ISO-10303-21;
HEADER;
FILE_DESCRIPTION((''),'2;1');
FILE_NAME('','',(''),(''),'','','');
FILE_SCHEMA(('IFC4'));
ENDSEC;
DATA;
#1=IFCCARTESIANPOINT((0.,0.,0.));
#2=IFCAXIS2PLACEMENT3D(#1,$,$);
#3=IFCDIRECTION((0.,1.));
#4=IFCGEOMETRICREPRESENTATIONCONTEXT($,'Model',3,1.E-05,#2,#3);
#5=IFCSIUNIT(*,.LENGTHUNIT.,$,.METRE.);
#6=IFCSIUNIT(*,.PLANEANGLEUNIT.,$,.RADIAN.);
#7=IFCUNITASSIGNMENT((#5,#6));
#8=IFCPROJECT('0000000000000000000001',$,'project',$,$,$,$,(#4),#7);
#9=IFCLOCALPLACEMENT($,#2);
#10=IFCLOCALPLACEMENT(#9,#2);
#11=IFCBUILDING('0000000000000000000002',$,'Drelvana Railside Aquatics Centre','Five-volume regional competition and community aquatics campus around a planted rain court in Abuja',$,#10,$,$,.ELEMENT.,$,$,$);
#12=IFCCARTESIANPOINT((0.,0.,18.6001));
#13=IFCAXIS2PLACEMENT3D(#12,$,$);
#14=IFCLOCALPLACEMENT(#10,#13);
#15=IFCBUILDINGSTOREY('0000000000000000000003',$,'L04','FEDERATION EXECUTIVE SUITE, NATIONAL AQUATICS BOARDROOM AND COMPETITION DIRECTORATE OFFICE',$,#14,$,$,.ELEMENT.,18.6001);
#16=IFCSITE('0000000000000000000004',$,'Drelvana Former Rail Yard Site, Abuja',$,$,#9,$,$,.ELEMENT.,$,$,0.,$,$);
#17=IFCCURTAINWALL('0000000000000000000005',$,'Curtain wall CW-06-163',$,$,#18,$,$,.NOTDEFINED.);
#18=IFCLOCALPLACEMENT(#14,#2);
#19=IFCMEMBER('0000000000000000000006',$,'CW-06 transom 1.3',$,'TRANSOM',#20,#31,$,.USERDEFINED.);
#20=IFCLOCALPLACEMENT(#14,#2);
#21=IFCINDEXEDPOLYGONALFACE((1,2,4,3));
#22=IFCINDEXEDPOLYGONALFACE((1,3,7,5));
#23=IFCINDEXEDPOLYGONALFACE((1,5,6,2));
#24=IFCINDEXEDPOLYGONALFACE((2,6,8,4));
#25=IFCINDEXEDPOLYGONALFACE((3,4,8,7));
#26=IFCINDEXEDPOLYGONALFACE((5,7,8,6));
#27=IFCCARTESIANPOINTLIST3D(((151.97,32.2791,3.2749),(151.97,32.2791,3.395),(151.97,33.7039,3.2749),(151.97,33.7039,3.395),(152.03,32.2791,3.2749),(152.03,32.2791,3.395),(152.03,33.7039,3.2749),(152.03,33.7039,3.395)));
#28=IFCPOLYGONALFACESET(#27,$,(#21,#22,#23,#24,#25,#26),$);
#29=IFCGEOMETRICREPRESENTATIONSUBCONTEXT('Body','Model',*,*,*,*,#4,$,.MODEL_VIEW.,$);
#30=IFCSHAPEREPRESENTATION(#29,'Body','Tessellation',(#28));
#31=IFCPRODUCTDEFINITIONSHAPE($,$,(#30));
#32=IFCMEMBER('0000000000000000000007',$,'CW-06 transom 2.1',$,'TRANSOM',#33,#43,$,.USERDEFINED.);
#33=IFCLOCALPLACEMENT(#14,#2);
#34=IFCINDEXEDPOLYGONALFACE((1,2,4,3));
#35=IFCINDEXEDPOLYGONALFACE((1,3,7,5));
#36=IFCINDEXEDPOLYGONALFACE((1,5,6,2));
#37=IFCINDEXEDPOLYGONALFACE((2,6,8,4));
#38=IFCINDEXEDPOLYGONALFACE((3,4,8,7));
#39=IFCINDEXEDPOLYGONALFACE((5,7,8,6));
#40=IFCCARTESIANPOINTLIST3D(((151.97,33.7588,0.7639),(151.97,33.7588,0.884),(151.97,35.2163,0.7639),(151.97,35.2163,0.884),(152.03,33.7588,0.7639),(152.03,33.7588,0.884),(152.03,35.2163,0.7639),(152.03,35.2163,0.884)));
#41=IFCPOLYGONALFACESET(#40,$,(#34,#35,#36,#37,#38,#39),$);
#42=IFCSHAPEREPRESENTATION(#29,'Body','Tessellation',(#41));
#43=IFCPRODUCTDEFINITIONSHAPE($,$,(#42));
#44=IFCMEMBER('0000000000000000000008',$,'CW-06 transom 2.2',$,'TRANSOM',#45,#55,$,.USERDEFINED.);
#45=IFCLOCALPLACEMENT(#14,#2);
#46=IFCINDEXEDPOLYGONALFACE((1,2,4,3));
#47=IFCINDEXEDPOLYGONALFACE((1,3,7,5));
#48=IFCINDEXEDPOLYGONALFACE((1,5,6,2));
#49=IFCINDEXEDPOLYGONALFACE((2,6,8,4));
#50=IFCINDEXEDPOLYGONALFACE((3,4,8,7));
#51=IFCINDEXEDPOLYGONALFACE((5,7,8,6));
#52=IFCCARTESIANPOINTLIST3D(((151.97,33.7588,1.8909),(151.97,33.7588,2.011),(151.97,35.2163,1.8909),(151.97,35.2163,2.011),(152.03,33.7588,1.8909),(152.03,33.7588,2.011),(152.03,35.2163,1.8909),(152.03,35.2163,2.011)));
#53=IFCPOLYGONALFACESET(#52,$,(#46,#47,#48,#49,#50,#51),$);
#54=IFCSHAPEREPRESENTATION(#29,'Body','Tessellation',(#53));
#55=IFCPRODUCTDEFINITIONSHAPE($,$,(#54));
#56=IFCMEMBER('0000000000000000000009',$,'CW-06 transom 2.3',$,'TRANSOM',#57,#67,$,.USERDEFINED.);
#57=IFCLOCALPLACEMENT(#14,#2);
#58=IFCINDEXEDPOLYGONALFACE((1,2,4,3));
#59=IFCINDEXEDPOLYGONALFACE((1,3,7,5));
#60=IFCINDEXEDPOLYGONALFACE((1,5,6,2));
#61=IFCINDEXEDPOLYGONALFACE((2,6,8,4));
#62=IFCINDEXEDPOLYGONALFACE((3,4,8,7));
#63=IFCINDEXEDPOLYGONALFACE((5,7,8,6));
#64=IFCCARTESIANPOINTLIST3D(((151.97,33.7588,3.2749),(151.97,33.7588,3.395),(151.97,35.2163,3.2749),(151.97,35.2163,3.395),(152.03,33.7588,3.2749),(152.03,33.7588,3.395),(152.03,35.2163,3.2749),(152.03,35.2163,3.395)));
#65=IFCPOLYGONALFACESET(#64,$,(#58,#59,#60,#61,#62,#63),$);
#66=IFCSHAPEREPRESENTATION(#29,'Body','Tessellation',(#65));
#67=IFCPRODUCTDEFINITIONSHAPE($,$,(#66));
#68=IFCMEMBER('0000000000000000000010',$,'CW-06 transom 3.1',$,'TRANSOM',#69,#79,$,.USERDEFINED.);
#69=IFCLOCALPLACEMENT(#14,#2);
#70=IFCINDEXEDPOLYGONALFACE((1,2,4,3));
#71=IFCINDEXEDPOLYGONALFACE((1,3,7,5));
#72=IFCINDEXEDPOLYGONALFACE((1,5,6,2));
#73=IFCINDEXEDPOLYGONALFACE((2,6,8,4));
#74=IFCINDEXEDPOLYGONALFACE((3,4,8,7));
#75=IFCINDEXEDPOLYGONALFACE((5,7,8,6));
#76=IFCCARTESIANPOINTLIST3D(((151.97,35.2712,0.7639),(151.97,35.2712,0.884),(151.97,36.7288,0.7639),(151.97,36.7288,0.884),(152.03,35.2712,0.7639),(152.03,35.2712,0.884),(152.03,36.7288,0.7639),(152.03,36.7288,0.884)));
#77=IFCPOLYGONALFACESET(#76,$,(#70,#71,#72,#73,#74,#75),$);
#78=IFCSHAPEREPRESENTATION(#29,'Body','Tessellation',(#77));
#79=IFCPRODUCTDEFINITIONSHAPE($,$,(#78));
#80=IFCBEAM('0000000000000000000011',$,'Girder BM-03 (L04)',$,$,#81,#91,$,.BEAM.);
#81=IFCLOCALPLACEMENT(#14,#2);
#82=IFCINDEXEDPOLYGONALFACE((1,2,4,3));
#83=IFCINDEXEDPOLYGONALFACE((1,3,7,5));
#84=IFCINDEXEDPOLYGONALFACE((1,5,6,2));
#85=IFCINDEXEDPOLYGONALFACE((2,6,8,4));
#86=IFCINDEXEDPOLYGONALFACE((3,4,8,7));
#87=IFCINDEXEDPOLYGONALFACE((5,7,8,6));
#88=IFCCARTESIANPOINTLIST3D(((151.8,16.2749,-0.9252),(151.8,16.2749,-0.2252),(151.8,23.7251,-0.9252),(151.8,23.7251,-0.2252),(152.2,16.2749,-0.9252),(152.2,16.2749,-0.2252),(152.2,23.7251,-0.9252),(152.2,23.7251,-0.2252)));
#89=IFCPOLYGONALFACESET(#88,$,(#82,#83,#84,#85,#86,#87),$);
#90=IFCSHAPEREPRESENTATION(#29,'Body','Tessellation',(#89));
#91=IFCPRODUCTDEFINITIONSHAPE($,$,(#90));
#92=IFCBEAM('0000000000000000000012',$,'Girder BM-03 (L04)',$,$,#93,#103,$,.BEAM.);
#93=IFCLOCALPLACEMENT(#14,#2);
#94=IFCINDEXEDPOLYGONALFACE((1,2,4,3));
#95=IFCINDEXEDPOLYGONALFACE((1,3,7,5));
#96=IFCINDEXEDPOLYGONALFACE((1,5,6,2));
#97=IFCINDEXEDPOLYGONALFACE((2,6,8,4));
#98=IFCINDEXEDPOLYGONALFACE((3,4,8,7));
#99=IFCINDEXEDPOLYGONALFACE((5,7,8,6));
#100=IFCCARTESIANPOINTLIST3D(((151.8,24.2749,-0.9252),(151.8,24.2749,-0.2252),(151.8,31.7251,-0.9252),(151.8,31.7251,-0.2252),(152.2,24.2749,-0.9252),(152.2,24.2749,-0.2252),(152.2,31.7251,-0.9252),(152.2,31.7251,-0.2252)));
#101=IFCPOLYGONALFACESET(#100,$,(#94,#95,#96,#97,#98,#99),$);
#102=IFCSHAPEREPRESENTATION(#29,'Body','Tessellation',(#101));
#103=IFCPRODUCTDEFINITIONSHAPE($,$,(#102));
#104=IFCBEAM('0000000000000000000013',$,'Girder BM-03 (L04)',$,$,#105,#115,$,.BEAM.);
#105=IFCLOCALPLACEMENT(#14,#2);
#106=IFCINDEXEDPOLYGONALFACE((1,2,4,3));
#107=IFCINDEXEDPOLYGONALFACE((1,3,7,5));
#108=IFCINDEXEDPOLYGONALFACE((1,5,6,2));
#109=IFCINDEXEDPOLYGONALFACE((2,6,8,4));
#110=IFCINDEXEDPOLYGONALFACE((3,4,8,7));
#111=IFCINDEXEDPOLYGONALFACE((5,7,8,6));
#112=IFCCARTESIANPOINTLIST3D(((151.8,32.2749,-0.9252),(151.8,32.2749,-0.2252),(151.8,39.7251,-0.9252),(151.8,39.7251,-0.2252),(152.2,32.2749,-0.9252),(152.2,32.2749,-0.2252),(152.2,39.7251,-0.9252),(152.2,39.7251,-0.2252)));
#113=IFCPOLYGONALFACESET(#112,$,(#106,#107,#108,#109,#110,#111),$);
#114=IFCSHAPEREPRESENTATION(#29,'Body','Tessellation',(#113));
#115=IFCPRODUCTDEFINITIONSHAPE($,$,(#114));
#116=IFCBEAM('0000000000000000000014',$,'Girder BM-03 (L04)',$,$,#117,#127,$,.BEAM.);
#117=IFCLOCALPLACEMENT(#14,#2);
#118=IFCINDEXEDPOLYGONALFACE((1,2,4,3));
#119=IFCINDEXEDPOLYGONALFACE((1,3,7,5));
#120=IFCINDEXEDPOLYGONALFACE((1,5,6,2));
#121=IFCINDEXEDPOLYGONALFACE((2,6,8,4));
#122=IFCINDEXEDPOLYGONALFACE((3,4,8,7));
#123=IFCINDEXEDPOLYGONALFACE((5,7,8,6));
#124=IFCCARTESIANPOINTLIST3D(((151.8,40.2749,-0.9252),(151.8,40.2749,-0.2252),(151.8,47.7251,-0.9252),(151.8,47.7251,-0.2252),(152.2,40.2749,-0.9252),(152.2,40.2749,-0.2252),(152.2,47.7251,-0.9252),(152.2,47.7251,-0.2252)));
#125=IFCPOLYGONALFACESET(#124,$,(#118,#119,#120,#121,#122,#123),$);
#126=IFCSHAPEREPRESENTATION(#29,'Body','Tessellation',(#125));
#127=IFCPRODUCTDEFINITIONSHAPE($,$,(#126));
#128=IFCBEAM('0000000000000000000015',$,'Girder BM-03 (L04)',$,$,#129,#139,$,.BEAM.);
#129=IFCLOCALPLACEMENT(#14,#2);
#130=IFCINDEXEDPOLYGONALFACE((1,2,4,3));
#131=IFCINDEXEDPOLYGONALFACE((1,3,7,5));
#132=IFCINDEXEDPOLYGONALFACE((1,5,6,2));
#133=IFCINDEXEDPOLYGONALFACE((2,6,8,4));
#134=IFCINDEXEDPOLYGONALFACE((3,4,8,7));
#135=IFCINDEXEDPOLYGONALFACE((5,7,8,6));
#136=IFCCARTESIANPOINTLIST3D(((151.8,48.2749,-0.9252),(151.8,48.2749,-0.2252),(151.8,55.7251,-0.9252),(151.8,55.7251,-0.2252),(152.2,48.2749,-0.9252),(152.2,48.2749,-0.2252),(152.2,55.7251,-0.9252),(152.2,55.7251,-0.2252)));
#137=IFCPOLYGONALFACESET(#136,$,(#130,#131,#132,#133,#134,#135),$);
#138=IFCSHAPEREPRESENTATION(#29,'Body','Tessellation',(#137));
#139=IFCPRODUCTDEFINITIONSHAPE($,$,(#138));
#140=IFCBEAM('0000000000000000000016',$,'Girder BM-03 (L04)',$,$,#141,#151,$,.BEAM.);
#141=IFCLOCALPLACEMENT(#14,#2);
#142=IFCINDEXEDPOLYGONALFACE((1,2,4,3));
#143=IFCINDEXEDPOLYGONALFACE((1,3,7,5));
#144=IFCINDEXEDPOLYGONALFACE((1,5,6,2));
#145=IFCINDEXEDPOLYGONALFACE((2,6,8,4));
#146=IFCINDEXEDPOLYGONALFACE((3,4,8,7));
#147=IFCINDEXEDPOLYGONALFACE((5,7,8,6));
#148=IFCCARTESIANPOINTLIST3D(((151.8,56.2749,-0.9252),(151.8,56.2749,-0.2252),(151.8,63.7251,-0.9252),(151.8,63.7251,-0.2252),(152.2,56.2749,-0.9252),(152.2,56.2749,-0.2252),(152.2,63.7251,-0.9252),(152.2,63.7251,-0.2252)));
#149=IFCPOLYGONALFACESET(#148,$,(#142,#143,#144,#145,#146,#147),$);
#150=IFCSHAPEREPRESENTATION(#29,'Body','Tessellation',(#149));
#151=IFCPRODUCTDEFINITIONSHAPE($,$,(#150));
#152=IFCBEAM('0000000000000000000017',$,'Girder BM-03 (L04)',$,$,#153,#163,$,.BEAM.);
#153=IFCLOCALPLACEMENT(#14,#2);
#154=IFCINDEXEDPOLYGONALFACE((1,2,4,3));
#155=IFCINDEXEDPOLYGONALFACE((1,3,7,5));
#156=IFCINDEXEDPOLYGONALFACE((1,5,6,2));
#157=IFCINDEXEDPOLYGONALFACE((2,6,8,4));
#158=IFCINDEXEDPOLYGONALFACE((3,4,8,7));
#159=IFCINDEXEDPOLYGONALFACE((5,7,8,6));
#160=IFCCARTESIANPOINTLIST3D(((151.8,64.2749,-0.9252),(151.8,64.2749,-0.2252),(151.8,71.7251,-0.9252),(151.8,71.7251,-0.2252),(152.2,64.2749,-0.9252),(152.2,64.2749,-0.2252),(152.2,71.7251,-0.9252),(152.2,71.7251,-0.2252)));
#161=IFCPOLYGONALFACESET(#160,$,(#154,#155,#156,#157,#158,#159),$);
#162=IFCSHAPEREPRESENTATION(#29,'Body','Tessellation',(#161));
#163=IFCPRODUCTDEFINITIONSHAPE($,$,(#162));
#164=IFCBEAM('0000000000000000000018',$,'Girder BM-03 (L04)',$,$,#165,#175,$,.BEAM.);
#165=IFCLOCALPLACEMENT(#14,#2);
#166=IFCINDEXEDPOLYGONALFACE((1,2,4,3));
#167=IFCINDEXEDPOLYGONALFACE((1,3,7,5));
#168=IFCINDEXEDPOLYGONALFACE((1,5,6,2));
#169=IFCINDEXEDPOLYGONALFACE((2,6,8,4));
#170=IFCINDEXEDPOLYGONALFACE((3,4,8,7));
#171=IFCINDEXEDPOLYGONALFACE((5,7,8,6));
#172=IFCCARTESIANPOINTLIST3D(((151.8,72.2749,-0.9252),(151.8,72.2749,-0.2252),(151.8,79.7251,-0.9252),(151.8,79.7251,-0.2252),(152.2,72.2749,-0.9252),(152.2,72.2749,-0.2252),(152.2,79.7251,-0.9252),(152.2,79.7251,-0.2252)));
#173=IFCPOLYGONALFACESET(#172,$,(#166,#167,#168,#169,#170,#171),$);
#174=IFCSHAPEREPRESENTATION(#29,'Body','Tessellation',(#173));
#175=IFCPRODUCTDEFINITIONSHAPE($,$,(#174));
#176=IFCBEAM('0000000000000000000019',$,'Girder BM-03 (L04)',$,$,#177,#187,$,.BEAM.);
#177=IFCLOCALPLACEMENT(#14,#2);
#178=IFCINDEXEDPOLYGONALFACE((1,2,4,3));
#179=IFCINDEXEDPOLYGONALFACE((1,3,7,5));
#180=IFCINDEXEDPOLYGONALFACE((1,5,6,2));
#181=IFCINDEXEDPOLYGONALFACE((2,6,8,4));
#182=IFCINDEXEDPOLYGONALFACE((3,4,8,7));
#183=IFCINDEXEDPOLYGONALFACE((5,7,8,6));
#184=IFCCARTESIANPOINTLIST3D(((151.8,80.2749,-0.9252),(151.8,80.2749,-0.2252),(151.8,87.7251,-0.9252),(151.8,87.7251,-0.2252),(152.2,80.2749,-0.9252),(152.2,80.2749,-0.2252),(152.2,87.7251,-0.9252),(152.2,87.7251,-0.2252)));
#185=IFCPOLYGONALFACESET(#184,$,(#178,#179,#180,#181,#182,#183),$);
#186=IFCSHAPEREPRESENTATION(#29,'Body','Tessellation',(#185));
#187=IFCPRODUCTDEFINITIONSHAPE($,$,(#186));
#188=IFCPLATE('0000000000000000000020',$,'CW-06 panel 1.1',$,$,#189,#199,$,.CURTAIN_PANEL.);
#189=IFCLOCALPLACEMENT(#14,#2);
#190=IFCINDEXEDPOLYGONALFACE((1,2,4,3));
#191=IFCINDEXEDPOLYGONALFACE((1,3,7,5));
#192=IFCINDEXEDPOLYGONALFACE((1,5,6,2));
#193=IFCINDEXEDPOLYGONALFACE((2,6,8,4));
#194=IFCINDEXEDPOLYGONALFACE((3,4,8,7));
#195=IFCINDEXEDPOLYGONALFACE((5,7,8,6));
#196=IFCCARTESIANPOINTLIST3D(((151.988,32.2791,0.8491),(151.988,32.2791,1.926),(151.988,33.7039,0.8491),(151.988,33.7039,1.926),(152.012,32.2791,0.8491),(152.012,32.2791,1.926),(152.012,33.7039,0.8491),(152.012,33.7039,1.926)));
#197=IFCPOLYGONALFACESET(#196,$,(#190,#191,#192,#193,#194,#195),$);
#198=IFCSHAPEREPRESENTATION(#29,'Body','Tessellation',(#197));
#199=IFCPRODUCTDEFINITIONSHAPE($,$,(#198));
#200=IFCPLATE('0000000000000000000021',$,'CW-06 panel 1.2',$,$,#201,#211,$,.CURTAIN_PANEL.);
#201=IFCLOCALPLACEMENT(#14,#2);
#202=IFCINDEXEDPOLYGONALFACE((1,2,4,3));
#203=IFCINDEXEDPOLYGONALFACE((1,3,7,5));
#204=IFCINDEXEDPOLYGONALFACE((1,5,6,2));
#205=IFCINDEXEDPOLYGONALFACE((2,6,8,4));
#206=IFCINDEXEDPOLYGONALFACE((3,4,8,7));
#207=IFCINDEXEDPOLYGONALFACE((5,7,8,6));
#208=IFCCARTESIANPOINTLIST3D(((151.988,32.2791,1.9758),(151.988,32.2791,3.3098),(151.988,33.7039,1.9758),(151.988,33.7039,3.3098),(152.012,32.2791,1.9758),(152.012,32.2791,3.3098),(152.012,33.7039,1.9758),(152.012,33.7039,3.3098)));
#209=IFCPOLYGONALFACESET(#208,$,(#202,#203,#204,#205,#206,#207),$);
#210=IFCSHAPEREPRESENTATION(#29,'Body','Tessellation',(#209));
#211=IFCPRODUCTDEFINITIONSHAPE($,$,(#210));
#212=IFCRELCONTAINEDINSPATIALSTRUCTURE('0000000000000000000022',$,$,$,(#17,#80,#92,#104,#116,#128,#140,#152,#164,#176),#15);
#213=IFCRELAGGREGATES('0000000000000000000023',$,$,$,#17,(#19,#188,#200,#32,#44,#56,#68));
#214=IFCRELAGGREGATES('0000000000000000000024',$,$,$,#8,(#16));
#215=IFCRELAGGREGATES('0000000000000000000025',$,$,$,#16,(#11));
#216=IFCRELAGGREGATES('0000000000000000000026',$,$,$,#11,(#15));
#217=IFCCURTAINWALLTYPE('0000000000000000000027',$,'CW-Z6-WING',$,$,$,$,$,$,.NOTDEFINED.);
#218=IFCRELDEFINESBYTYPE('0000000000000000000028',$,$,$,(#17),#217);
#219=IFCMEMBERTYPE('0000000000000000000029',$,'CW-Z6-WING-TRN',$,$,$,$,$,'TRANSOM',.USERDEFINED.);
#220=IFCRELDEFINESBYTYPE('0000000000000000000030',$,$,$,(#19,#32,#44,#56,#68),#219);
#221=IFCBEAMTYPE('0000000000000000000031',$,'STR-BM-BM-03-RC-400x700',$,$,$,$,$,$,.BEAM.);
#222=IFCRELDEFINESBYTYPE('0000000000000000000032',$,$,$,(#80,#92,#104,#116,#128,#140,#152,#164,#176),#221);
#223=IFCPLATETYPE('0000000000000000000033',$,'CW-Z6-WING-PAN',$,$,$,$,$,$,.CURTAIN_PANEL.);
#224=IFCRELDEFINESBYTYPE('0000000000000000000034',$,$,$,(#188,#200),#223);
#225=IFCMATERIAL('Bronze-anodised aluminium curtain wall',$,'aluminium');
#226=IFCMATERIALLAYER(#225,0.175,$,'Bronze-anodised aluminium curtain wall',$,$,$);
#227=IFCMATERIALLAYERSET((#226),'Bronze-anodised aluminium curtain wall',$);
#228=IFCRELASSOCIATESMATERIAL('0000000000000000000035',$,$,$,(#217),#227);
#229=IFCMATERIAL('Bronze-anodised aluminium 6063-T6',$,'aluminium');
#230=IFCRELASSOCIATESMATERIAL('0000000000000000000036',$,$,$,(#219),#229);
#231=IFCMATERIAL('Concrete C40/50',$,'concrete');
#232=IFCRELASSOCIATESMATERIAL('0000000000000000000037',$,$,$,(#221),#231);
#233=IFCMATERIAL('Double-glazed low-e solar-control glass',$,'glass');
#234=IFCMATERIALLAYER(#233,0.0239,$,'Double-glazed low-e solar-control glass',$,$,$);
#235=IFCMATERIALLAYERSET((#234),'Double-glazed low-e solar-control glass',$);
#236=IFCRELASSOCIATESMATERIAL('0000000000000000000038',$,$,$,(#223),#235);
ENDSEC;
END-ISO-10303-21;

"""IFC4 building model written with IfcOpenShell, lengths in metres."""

from ifc_helpers import new_model, si_unit, direction, frame, origin, origin_2d, place, context, subcontext, project, spatial, rectangle, extrude, material, layer, layer_set, material_profile, profile_set, type_object, element, aggregate, save


model = new_model("IFC4")

# Units and contexts
model_context = context("Model", 3, precision=1e-05, world=origin(), true_north=direction((0.0, 1.0)))
body_context = subcontext(model_context, "Body", "Model", "MODEL_VIEW")
ifc_project = project(units=[si_unit("LENGTHUNIT", "METRE"), si_unit("PLANEANGLEUNIT", "RADIAN")], contexts=[model_context])

# Site, building, storey
site_placement = place(None, origin())
site = spatial("IfcSite", under=ifc_project, at=site_placement, Name="Drelvana Former Rail Yard Site, Abuja", CompositionType="ELEMENT", RefElevation=0.0)
building_placement = place(site_placement, origin())
building = spatial("IfcBuilding", under=site, at=building_placement, Name="Drelvana Railside Aquatics Centre", Description="Five-volume regional competition and community aquatics campus around a planted rain court in Abuja", CompositionType="ELEMENT")
storey_placement = place(building_placement, frame((0.0, 0.0, 18.6001)))
storey = spatial("IfcBuildingStorey", under=building, at=storey_placement, Name="L04", Description="FEDERATION EXECUTIVE SUITE, NATIONAL AQUATICS BOARDROOM AND COMPETITION DIRECTORATE OFFICE", CompositionType="ELEMENT", Elevation=18.6001)

# Shared definitions
ifc_material_1 = material(Name="Concrete C40/50", Category="concrete")

# Curtain wall, members
ifc_material_2 = material(Name="Bronze-anodised aluminium curtain wall", Category="aluminium")
ifc_layer_1 = layer(ifc_material_2, 0.175, Name="Bronze-anodised aluminium curtain wall")
ifc_layer_set_1 = layer_set([ifc_layer_1], Name="Bronze-anodised aluminium curtain wall")
curtain_wall_type = type_object("IfcCurtainWallType", Name="CW-Z6-WING", PredefinedType="NOTDEFINED", material=ifc_layer_set_1)
curtain_wall_placement = place(storey_placement, origin())
curtain_wall = element("IfcCurtainWall", 1, at=curtain_wall_placement, inside=storey, type_object=curtain_wall_type, Name="Curtain wall CW-06-163", PredefinedType="NOTDEFINED")
ifc_material_3 = material(Name="Bronze-anodised aluminium 6063-T6", Category="aluminium")
ifc_material_profile_1 = material_profile(ifc_material_3, rectangle(XDim=0.1201, YDim=0.0601, at=origin_2d()), Name="ALU-T 60x120")
ifc_profile_set_1 = profile_set([ifc_material_profile_1], Name="Bronze-anodised aluminium 6063-T6")
member_type_1 = type_object("IfcMemberType", Name="CW-Z6-WING-TRN", ElementType="TRANSOM", PredefinedType="USERDEFINED", material=ifc_profile_set_1)
member_1_placement = place(storey_placement, frame((152.0, 32.2791, 3.335), z_axis=(0.0, 1.0, 0.0), x_axis=(0.0, 0.0, 1.0)))
member_1 = element("IfcMember", 2, at=member_1_placement, type_object=member_type_1, Name="CW-06 transom 1.3", ObjectType="TRANSOM", PredefinedType="USERDEFINED", context=body_context, shape_type="SweptSolid", body=[
    extrude(rectangle(XDim=0.1201, YDim=0.0601, at=origin_2d()), origin(), (0.0, 0.0, 1.0), 1.4248),
])
member_2_placement = place(storey_placement, frame((152.0, 33.7588, 0.824), z_axis=(0.0, 1.0, 0.0), x_axis=(0.0, 0.0, 1.0)))
member_2 = element("IfcMember", 3, at=member_2_placement, type_object=member_type_1, Name="CW-06 transom 2.1", ObjectType="TRANSOM", PredefinedType="USERDEFINED", context=body_context, shape_type="SweptSolid", body=[
    extrude(rectangle(XDim=0.1201, YDim=0.0601, at=origin_2d()), origin(), (0.0, 0.0, 1.0), 1.4575),
])
member_3_placement = place(storey_placement, frame((152.0, 33.7588, 1.9509), z_axis=(0.0, 1.0, 0.0), x_axis=(0.0, 0.0, 1.0)))
member_3 = element("IfcMember", 4, at=member_3_placement, type_object=member_type_1, Name="CW-06 transom 2.2", ObjectType="TRANSOM", PredefinedType="USERDEFINED", context=body_context, shape_type="SweptSolid", body=[
    extrude(rectangle(XDim=0.1201, YDim=0.0601, at=origin_2d()), origin(), (0.0, 0.0, 1.0), 1.4575),
])
member_4_placement = place(storey_placement, frame((152.0, 33.7588, 3.335), z_axis=(0.0, 1.0, 0.0), x_axis=(0.0, 0.0, 1.0)))
member_4 = element("IfcMember", 5, at=member_4_placement, type_object=member_type_1, Name="CW-06 transom 2.3", ObjectType="TRANSOM", PredefinedType="USERDEFINED", context=body_context, shape_type="SweptSolid", body=[
    extrude(rectangle(XDim=0.1201, YDim=0.0601, at=origin_2d()), origin(), (0.0, 0.0, 1.0), 1.4575),
])
member_5_placement = place(storey_placement, frame((152.0, 35.2712, 0.824), z_axis=(0.0, 1.0, 0.0), x_axis=(0.0, 0.0, 1.0)))
member_5 = element("IfcMember", 6, at=member_5_placement, type_object=member_type_1, Name="CW-06 transom 3.1", ObjectType="TRANSOM", PredefinedType="USERDEFINED", context=body_context, shape_type="SweptSolid", body=[
    extrude(rectangle(XDim=0.1201, YDim=0.0601, at=origin_2d()), origin(), (0.0, 0.0, 1.0), 1.4575),
])

# Beams
ifc_material_profile_2 = material_profile(ifc_material_1, rectangle(XDim=0.3999, YDim=0.7, at=origin_2d()), Name="RC 400x700")
ifc_profile_set_2 = profile_set([ifc_material_profile_2], Name="Concrete C40/50")
beam_type = type_object("IfcBeamType", Name="STR-BM-BM-03-RC-400x700", PredefinedType="BEAM", material=ifc_profile_set_2)
for number, where, z_axis, x_axis, name in (
    (7, (152.0, 16.2749, -0.5752), (0.0, 1.0, 0.0), (-1.0, 0.0, 0.0), "Girder BM-03 (L04)"),
    (8, (152.0, 24.2749, -0.5752), (0.0, 1.0, 0.0), (-1.0, 0.0, 0.0), "Girder BM-03 (L04)"),
    (9, (152.0, 32.2749, -0.5752), (0.0, 1.0, 0.0), (-1.0, 0.0, 0.0), "Girder BM-03 (L04)"),
    (10, (152.0, 40.2749, -0.5752), (0.0, 1.0, 0.0), (-1.0, 0.0, 0.0), "Girder BM-03 (L04)"),
    (11, (152.0, 48.2749, -0.5752), (0.0, 1.0, 0.0), (-1.0, 0.0, 0.0), "Girder BM-03 (L04)"),
    (12, (152.0, 56.2749, -0.5752), (0.0, 1.0, 0.0), (-1.0, 0.0, 0.0), "Girder BM-03 (L04)"),
    (13, (152.0, 64.2749, -0.5752), (0.0, 1.0, 0.0), (-1.0, 0.0, 0.0), "Girder BM-03 (L04)"),
    (14, (152.0, 72.2749, -0.5752), (0.0, 1.0, 0.0), (-1.0, 0.0, 0.0), "Girder BM-03 (L04)"),
    (15, (152.0, 80.2749, -0.5752), (0.0, 1.0, 0.0), (-1.0, 0.0, 0.0), "Girder BM-03 (L04)"),
):
    element("IfcBeam", number, at=place(storey_placement, frame(where, z_axis=z_axis, x_axis=x_axis)), inside=storey, type_object=beam_type, Name=name, PredefinedType="BEAM", context=body_context, shape_type="SweptSolid", body=[
        extrude(rectangle(XDim=0.3999, YDim=0.7, at=origin_2d()), origin(), (0.0, 0.0, 1.0), 7.4502),
    ])

# Plates
ifc_material_4 = material(Name="Double-glazed low-e solar-control glass", Category="glass")
ifc_layer_2 = layer(ifc_material_4, 0.0239, Name="Double-glazed low-e solar-control glass")
ifc_layer_set_2 = layer_set([ifc_layer_2], Name="Double-glazed low-e solar-control glass")
plate_type = type_object("IfcPlateType", Name="CW-Z6-WING-PAN", PredefinedType="CURTAIN_PANEL", material=ifc_layer_set_2)
plate_1_placement = place(storey_placement, frame((152.0, 32.9915, 0.8491), z_axis=(0.0, 0.0, 1.0), x_axis=(0.0, 1.0, 0.0)))
plate_1 = element("IfcPlate", 16, at=plate_1_placement, type_object=plate_type, Name="CW-06 panel 1.1", PredefinedType="CURTAIN_PANEL", context=body_context, shape_type="SweptSolid", body=[
    extrude(rectangle(XDim=1.4248, YDim=0.0239, at=origin_2d()), origin(), (0.0, 0.0, 1.0), 1.0769),
])
plate_2_placement = place(storey_placement, frame((152.0, 32.9915, 1.9758), z_axis=(0.0, 0.0, 1.0), x_axis=(0.0, 1.0, 0.0)))
plate_2 = element("IfcPlate", 17, at=plate_2_placement, type_object=plate_type, Name="CW-06 panel 1.2", PredefinedType="CURTAIN_PANEL", context=body_context, shape_type="SweptSolid", body=[
    extrude(rectangle(XDim=1.4248, YDim=0.0239, at=origin_2d()), origin(), (0.0, 0.0, 1.0), 1.334),
])
aggregate(curtain_wall, [member_1, plate_1, plate_2, member_2, member_3, member_4, member_5])

save(model, "model.ifc")
